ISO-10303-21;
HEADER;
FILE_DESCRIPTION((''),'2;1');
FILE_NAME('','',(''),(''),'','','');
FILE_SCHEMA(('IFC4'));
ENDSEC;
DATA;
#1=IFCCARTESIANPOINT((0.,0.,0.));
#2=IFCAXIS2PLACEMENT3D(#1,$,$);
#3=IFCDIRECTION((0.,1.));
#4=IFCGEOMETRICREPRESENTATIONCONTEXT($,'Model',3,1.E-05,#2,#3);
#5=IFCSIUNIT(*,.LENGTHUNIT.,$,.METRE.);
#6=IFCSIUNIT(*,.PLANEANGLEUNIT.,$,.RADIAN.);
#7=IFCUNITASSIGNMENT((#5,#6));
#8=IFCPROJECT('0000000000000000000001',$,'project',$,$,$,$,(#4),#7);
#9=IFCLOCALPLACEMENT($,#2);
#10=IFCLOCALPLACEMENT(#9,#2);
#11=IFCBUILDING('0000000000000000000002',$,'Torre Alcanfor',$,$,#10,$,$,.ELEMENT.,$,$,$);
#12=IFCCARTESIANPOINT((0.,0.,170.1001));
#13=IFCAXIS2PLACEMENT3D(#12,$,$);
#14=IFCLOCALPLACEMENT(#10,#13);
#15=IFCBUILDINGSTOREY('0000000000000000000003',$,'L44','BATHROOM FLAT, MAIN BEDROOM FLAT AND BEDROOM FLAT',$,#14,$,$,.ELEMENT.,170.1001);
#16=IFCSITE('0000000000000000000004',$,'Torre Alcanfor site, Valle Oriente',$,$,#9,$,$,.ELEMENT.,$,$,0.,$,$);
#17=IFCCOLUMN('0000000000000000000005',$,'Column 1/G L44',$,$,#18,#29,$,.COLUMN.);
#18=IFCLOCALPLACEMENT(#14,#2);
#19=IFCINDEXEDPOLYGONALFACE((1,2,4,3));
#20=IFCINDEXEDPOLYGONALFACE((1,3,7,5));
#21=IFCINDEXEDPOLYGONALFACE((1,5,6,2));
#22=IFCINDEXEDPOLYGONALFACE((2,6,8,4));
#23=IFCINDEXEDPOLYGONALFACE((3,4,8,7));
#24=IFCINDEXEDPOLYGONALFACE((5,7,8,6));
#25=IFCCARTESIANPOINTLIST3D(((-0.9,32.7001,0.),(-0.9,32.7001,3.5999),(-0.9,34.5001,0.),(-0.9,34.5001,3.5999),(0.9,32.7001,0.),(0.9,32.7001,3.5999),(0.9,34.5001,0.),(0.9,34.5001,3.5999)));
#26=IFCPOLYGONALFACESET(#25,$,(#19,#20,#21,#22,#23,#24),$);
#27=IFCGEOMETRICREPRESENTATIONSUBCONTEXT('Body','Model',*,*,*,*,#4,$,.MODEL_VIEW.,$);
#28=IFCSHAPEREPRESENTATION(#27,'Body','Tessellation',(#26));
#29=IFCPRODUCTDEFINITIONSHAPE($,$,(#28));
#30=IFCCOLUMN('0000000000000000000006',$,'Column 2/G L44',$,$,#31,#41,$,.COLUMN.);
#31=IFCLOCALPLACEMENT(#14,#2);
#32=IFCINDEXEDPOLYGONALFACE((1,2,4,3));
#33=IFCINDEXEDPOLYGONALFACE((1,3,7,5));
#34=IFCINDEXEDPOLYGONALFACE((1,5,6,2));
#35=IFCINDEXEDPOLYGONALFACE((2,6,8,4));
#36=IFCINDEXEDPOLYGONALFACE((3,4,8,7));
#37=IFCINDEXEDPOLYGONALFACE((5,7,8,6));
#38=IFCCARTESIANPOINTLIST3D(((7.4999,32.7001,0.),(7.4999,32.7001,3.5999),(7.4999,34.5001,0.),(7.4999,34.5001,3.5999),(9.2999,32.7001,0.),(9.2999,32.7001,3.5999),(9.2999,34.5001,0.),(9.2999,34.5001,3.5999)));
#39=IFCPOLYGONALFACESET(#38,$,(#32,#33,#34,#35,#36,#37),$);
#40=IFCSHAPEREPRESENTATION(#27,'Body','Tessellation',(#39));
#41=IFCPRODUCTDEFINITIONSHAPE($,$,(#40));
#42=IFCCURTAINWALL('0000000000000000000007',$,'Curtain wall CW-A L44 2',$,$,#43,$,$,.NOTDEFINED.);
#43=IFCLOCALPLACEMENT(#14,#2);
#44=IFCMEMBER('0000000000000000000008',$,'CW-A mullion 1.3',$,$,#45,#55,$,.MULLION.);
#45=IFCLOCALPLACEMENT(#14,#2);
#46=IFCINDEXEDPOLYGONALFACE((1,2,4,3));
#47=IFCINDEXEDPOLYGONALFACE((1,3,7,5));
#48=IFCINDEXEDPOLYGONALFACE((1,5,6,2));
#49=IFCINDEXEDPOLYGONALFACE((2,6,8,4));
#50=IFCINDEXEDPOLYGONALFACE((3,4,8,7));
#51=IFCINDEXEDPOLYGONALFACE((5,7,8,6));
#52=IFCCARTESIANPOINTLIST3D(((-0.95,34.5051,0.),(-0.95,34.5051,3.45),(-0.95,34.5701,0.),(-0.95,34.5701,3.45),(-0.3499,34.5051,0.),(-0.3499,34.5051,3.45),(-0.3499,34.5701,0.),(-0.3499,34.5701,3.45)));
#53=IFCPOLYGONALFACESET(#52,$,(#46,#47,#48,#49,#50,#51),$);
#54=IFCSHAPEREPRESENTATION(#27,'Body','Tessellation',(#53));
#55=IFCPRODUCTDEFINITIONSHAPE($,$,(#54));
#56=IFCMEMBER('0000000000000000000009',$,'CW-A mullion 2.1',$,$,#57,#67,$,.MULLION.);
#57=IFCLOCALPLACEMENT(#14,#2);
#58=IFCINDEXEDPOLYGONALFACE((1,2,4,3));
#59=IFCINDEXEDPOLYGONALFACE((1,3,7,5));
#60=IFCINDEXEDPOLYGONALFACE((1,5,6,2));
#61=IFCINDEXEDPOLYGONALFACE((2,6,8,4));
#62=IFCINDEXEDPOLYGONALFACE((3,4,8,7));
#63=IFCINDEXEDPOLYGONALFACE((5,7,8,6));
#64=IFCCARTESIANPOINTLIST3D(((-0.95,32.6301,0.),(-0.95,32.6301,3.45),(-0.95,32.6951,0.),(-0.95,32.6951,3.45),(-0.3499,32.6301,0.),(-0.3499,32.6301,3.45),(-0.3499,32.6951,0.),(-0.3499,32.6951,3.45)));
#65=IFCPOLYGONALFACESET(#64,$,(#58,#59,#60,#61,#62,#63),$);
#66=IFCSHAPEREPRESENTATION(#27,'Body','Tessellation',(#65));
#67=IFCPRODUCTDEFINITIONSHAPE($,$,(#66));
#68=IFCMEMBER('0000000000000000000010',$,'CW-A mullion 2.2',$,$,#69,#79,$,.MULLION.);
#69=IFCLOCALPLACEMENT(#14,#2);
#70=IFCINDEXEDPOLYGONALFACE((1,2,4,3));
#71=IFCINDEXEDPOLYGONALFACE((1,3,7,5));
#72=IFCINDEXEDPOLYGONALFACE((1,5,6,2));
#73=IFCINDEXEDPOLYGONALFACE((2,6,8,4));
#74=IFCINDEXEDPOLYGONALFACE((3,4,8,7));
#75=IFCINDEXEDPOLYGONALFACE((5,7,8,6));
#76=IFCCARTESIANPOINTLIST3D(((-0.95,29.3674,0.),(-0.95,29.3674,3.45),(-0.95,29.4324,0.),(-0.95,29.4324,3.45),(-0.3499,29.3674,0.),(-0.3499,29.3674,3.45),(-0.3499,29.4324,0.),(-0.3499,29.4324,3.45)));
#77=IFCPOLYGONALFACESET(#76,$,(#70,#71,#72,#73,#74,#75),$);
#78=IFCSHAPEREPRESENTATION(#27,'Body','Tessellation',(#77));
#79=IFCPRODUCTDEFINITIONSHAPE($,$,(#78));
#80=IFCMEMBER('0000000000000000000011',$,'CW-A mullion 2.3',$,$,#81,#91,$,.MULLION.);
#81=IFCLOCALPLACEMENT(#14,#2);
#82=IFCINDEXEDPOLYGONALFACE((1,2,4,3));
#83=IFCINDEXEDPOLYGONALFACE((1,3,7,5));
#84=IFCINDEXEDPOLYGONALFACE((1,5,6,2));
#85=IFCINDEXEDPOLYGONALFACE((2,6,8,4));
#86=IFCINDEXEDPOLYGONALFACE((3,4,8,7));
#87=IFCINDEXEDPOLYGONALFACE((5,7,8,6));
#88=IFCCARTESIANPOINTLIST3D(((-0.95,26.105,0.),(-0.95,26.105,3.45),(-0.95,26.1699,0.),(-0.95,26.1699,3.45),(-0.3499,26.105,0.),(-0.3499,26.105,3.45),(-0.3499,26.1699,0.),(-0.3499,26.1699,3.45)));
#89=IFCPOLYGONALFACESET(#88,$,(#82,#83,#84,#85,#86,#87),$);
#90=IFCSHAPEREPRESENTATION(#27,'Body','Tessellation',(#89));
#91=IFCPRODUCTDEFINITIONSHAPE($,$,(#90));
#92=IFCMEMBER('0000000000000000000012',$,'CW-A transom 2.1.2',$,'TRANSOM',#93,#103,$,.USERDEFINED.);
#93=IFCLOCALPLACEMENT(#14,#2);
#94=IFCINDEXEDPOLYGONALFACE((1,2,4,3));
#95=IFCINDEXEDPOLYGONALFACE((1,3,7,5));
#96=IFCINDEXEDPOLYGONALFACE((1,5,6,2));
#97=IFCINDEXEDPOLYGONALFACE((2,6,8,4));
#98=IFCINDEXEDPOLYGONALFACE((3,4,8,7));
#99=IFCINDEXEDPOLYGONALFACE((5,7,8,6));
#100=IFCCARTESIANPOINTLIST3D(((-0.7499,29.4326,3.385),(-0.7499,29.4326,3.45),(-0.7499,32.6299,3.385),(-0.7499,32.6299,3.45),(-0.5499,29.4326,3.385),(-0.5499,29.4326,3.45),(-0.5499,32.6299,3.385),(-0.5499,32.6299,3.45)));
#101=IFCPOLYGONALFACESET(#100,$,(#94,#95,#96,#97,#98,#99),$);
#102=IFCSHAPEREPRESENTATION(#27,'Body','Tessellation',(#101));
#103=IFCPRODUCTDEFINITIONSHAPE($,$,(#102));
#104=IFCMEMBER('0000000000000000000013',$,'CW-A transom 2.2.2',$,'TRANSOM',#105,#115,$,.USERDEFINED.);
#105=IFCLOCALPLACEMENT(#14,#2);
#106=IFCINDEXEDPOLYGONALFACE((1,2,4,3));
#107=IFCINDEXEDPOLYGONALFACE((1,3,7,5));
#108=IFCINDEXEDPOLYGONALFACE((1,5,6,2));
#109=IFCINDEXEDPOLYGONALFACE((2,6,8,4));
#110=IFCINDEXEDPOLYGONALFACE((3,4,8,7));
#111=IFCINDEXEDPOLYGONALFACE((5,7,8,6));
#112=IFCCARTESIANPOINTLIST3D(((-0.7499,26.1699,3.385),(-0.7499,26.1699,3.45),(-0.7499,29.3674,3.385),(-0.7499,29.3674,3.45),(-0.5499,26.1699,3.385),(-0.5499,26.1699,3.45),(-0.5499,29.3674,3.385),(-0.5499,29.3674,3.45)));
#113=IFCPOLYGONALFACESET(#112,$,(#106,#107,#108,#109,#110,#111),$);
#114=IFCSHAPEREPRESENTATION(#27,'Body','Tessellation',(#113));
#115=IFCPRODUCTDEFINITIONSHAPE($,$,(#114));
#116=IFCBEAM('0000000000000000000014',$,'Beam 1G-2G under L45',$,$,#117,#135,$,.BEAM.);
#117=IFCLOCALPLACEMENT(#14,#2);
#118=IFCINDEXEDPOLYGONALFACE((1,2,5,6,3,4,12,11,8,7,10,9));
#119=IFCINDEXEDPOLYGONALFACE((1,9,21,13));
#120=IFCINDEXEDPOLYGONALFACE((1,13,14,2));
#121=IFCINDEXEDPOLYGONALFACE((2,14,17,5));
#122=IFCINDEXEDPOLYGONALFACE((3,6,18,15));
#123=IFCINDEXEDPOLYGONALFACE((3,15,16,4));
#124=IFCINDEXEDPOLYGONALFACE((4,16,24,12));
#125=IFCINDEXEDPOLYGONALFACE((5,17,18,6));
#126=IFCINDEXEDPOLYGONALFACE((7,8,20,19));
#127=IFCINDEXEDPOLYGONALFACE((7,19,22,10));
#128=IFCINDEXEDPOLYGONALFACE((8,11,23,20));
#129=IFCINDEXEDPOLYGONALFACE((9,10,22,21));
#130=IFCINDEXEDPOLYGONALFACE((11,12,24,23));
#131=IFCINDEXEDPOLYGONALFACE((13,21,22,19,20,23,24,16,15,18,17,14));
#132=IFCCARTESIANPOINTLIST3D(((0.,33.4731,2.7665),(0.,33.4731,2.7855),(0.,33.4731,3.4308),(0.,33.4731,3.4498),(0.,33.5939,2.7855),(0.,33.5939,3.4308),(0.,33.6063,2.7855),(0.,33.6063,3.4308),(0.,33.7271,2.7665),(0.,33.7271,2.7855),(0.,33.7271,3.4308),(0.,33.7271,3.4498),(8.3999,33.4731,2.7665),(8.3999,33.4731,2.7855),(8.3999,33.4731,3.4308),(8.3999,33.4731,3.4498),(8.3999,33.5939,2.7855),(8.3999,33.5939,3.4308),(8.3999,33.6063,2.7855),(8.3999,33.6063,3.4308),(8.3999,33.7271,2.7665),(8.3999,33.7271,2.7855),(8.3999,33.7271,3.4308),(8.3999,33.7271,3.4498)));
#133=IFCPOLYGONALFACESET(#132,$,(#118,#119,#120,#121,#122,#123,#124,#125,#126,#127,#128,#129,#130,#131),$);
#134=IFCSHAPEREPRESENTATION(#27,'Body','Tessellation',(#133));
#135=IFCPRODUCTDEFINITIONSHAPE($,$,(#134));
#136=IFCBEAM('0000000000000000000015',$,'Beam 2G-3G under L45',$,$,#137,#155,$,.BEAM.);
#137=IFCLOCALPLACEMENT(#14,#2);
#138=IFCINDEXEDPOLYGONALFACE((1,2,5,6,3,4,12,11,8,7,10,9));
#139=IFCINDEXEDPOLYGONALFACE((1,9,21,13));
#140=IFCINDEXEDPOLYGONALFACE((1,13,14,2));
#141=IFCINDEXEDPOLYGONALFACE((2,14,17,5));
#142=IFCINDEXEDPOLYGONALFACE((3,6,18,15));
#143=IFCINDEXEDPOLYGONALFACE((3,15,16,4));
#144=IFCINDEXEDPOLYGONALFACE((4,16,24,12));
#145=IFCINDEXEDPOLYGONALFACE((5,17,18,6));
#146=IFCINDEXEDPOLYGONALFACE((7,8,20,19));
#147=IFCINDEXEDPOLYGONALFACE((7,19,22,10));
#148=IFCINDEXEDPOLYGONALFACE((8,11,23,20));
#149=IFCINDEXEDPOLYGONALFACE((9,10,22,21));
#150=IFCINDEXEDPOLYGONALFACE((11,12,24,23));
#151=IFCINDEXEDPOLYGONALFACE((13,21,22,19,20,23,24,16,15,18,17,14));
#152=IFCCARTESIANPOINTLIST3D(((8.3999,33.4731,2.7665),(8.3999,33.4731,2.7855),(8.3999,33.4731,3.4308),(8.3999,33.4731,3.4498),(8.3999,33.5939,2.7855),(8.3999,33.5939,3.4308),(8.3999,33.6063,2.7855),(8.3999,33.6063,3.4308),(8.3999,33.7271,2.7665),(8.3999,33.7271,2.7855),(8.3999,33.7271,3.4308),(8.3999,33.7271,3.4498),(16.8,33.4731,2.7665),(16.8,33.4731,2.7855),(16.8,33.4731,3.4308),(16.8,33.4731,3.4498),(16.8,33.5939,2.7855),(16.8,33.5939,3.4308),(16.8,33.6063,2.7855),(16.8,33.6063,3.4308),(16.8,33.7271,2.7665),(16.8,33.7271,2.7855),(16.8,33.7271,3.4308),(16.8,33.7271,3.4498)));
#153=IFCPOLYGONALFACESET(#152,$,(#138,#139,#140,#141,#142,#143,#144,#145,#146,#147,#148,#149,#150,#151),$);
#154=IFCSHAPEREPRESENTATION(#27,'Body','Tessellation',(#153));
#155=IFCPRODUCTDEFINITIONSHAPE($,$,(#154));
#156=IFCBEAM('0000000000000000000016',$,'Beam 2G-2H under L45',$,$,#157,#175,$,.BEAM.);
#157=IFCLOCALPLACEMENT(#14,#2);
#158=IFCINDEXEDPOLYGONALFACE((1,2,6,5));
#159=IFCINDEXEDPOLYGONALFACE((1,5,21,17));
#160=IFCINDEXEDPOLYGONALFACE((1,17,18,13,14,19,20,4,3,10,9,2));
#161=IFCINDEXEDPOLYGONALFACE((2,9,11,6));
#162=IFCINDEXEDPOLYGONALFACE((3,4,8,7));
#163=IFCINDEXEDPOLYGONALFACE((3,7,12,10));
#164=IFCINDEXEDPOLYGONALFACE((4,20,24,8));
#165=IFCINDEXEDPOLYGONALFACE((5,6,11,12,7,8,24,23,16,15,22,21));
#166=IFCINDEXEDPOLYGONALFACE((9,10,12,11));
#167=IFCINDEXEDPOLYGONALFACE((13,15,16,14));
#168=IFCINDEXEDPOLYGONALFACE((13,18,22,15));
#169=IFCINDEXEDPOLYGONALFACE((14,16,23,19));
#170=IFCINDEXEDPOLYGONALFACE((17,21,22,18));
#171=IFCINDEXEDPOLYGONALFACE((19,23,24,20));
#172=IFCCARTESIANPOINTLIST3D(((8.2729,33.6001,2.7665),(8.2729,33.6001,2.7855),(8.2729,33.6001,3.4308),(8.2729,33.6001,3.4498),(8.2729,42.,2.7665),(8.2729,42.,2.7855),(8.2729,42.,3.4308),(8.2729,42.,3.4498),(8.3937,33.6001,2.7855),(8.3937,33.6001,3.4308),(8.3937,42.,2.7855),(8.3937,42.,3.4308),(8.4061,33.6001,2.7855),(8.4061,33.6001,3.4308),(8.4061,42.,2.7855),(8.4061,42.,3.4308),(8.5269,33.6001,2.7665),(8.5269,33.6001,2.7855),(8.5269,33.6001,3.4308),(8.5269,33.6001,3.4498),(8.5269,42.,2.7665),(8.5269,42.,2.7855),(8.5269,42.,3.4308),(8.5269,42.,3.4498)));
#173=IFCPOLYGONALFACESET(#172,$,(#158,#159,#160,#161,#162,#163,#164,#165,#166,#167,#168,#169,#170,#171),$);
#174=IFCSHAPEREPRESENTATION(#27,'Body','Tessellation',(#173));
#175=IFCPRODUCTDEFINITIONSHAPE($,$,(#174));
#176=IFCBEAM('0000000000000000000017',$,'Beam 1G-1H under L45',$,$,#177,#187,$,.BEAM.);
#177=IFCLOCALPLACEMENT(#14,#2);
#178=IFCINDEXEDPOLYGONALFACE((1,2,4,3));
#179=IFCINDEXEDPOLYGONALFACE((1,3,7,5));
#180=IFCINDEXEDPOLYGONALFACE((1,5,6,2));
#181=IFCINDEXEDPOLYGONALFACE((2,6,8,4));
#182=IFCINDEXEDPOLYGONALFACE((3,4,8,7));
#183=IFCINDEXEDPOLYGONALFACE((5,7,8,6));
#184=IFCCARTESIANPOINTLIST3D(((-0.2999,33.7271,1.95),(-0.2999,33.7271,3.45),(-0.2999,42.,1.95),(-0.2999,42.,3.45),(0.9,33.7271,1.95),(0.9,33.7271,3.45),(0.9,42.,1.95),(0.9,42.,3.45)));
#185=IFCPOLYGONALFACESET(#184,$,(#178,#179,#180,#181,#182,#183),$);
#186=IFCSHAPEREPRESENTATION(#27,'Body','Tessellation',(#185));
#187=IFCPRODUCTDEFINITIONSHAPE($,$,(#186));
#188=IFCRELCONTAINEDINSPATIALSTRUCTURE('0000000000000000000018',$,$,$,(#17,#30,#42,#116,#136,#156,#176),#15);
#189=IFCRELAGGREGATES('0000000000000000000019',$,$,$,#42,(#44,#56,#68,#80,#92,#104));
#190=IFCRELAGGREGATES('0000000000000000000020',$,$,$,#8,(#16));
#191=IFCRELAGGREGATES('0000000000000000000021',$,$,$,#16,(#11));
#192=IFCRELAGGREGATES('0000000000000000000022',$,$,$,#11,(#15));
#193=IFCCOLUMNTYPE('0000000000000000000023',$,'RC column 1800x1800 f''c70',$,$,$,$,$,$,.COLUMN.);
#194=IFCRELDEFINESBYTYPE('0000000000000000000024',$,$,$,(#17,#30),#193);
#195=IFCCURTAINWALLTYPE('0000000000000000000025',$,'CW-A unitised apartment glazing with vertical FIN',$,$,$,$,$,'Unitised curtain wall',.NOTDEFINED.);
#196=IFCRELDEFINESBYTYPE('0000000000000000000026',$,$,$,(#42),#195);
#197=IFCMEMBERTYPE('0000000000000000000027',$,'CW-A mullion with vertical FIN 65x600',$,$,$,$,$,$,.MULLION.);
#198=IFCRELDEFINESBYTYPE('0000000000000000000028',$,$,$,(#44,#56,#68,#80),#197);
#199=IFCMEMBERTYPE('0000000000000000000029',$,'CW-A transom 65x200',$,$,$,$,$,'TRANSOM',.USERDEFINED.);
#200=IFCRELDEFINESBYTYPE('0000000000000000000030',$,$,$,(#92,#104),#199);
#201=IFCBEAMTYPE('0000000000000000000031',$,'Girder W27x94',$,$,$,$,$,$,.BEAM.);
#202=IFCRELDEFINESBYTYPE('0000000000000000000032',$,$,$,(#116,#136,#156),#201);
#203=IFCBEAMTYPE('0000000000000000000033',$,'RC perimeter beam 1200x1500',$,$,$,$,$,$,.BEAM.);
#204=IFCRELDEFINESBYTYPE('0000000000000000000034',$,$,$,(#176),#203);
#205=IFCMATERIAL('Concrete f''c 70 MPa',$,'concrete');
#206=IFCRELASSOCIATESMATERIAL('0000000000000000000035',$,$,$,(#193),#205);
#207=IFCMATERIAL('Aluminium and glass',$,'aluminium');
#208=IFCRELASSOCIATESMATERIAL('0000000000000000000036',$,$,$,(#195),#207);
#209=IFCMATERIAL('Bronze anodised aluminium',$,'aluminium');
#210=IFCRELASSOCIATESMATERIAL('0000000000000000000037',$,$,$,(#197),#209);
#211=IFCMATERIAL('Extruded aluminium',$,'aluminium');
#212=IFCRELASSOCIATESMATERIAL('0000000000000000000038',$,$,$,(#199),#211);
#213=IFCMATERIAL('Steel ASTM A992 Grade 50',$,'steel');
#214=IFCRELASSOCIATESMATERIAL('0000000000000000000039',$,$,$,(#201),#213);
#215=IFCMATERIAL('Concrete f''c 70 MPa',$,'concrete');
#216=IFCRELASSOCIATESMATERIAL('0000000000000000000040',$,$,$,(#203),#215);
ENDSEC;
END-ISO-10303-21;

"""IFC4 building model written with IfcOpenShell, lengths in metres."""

from ifc_helpers import new_model, si_unit, direction, frame, origin, origin_2d, place, context, subcontext, project, spatial, rectangle, i_section, extrude, material, material_profile, profile_set, type_object, element, aggregate, save


model = new_model("IFC4")

# Units and contexts
model_context = context("Model", 3, precision=1e-05, world=origin(), true_north=direction((0.0, 1.0)))
body_context = subcontext(model_context, "Body", "Model", "MODEL_VIEW")
ifc_project = project(units=[si_unit("LENGTHUNIT", "METRE"), si_unit("PLANEANGLEUNIT", "RADIAN")], contexts=[model_context])

# Site, building, storey
site_placement = place(None, origin())
site = spatial("IfcSite", under=ifc_project, at=site_placement, Name="Torre Alcanfor site, Valle Oriente", CompositionType="ELEMENT", RefElevation=0.0)
building_placement = place(site_placement, origin())
building = spatial("IfcBuilding", under=site, at=building_placement, Name="Torre Alcanfor", CompositionType="ELEMENT")
storey_placement = place(building_placement, frame((0.0, 0.0, 170.1001)))
storey = spatial("IfcBuildingStorey", under=building, at=storey_placement, Name="L44", Description="BATHROOM FLAT, MAIN BEDROOM FLAT AND BEDROOM FLAT", CompositionType="ELEMENT", Elevation=170.1001)

# Columns
ifc_material_1 = material(Name="Concrete f'c 70 MPa", Category="concrete")
ifc_material_profile_1 = material_profile(ifc_material_1, rectangle(XDim=1.8, YDim=1.8, at=origin_2d()), Name="1800x1800")
ifc_profile_set_1 = profile_set([ifc_material_profile_1], Name="Concrete f'c 70 MPa")
column_type = type_object("IfcColumnType", Name="RC column 1800x1800 f'c70", PredefinedType="COLUMN", material=ifc_profile_set_1)
for number, where, z_axis, x_axis, name in (
    (1, (0.0, 33.6001, 0.0), (0.0, 0.0, 1.0), (1.0, 0.0, 0.0), "Column 1/G L44"),
    (2, (8.3999, 33.6001, 0.0), (0.0, 0.0, 1.0), (1.0, 0.0, 0.0), "Column 2/G L44"),
):
    element("IfcColumn", number, at=place(storey_placement, frame(where, z_axis=z_axis, x_axis=x_axis)), inside=storey, type_object=column_type, Name=name, PredefinedType="COLUMN", context=body_context, shape_type="SweptSolid", body=[
        extrude(rectangle(XDim=1.8, YDim=1.8, at=origin_2d()), origin(), (0.0, 0.0, 1.0), 3.5999),
    ])

# Curtain wall, members
ifc_material_2 = material(Name="Aluminium and glass", Category="aluminium")
curtain_wall_type = type_object("IfcCurtainWallType", Name="CW-A unitised apartment glazing with vertical FIN", ElementType="Unitised curtain wall", PredefinedType="NOTDEFINED", material=ifc_material_2)
curtain_wall_placement = place(storey_placement, origin())
curtain_wall = element("IfcCurtainWall", 3, at=curtain_wall_placement, inside=storey, type_object=curtain_wall_type, Name="Curtain wall CW-A L44 2", PredefinedType="NOTDEFINED")
ifc_material_3 = material(Name="Bronze anodised aluminium", Category="aluminium")
ifc_material_profile_2 = material_profile(ifc_material_3, rectangle(XDim=0.6001, YDim=0.0649, at=origin_2d()), Name="CW-A mullion 65x600")
ifc_profile_set_2 = profile_set([ifc_material_profile_2], Name="Bronze anodised aluminium")
member_type_1 = type_object("IfcMemberType", Name="CW-A mullion with vertical FIN 65x600", PredefinedType="MULLION", material=ifc_profile_set_2)
member_1_placement = place(storey_placement, frame((-0.6499, 34.5376, 0.0), z_axis=(0.0, 0.0, 1.0), x_axis=(1.0, 0.0, 0.0)))
member_1 = element("IfcMember", 4, at=member_1_placement, type_object=member_type_1, Name="CW-A mullion 1.3", PredefinedType="MULLION", context=body_context, shape_type="SweptSolid", body=[
    extrude(rectangle(XDim=0.6001, YDim=0.0649, at=origin_2d()), origin(), (0.0, 0.0, 1.0), 3.45),
])
member_2_placement = place(storey_placement, frame((-0.6499, 32.6626, 0.0), z_axis=(0.0, 0.0, 1.0), x_axis=(1.0, 0.0, 0.0)))
member_2 = element("IfcMember", 5, at=member_2_placement, type_object=member_type_1, Name="CW-A mullion 2.1", PredefinedType="MULLION", context=body_context, shape_type="SweptSolid", body=[
    extrude(rectangle(XDim=0.6001, YDim=0.0649, at=origin_2d()), origin(), (0.0, 0.0, 1.0), 3.45),
])
member_3_placement = place(storey_placement, frame((-0.6499, 29.3999, 0.0), z_axis=(0.0, 0.0, 1.0), x_axis=(1.0, 0.0, 0.0)))
member_3 = element("IfcMember", 6, at=member_3_placement, type_object=member_type_1, Name="CW-A mullion 2.2", PredefinedType="MULLION", context=body_context, shape_type="SweptSolid", body=[
    extrude(rectangle(XDim=0.6001, YDim=0.0649, at=origin_2d()), origin(), (0.0, 0.0, 1.0), 3.45),
])
member_4_placement = place(storey_placement, frame((-0.6499, 26.1375, 0.0), z_axis=(0.0, 0.0, 1.0), x_axis=(1.0, 0.0, 0.0)))
member_4 = element("IfcMember", 7, at=member_4_placement, type_object=member_type_1, Name="CW-A mullion 2.3", PredefinedType="MULLION", context=body_context, shape_type="SweptSolid", body=[
    extrude(rectangle(XDim=0.6001, YDim=0.0649, at=origin_2d()), origin(), (0.0, 0.0, 1.0), 3.45),
])
ifc_material_4 = material(Name="Extruded aluminium", Category="aluminium")
ifc_material_profile_3 = material_profile(ifc_material_4, rectangle(XDim=0.2, YDim=0.0649, at=origin_2d()), Name="CW-A transom 200x65")
ifc_profile_set_3 = profile_set([ifc_material_profile_3], Name="Extruded aluminium")
member_type_2 = type_object("IfcMemberType", Name="CW-A transom 65x200", ElementType="TRANSOM", PredefinedType="USERDEFINED", material=ifc_profile_set_3)
member_5_placement = place(storey_placement, frame((-0.6499, 32.6299, 3.4175), z_axis=(0.0, -1.0, 0.0), x_axis=(1.0, 0.0, 0.0)))
member_5 = element("IfcMember", 8, at=member_5_placement, type_object=member_type_2, Name="CW-A transom 2.1.2", ObjectType="TRANSOM", PredefinedType="USERDEFINED", context=body_context, shape_type="SweptSolid", body=[
    extrude(rectangle(XDim=0.2, YDim=0.0649, at=origin_2d()), origin(), (0.0, 0.0, 1.0), 3.1973),
])
member_6_placement = place(storey_placement, frame((-0.6499, 29.3674, 3.4175), z_axis=(0.0, -1.0, 0.0), x_axis=(1.0, 0.0, 0.0)))
member_6 = element("IfcMember", 9, at=member_6_placement, type_object=member_type_2, Name="CW-A transom 2.2.2", ObjectType="TRANSOM", PredefinedType="USERDEFINED", context=body_context, shape_type="SweptSolid", body=[
    extrude(rectangle(XDim=0.2, YDim=0.0649, at=origin_2d()), origin(), (0.0, 0.0, 1.0), 3.1975),
])

# Beams
ifc_material_5 = material(Name="Steel ASTM A992 Grade 50", Category="steel")
ifc_material_profile_4 = material_profile(ifc_material_5, i_section(OverallWidth=0.2539, OverallDepth=0.6833, WebThickness=0.0125, FlangeThickness=0.019, at=origin_2d()), Name="W27x94")
ifc_profile_set_4 = profile_set([ifc_material_profile_4], Name="Steel ASTM A992 Grade 50")
beam_type_1 = type_object("IfcBeamType", Name="Girder W27x94", PredefinedType="BEAM", material=ifc_profile_set_4)
beam_1_placement = place(storey_placement, frame((0.0, 33.6001, 3.1082), z_axis=(1.0, 0.0, 0.0), x_axis=(0.0, 1.0, 0.0)))
element("IfcBeam", 10, at=beam_1_placement, inside=storey, type_object=beam_type_1, Name="Beam 1G-2G under L45", PredefinedType="BEAM", context=body_context, shape_type="SweptSolid", body=[
    extrude(i_section(OverallWidth=0.2539, OverallDepth=0.6833, WebThickness=0.0125, FlangeThickness=0.019, at=origin_2d()), origin(), (0.0, 0.0, 1.0), 8.3999),
])
beam_2_placement = place(storey_placement, frame((8.3999, 33.6001, 3.1082), z_axis=(1.0, 0.0, 0.0), x_axis=(0.0, 1.0, 0.0)))
element("IfcBeam", 11, at=beam_2_placement, inside=storey, type_object=beam_type_1, Name="Beam 2G-3G under L45", PredefinedType="BEAM", context=body_context, shape_type="SweptSolid", body=[
    extrude(i_section(OverallWidth=0.2539, OverallDepth=0.6833, WebThickness=0.0125, FlangeThickness=0.019, at=origin_2d()), origin(), (0.0, 0.0, 1.0), 8.4001),
])
beam_3_placement = place(storey_placement, frame((8.3999, 33.6001, 3.1082), z_axis=(0.0, 1.0, 0.0), x_axis=(-1.0, 0.0, 0.0)))
element("IfcBeam", 12, at=beam_3_placement, inside=storey, type_object=beam_type_1, Name="Beam 2G-2H under L45", PredefinedType="BEAM", context=body_context, shape_type="SweptSolid", body=[
    extrude(i_section(OverallWidth=0.2539, OverallDepth=0.6833, WebThickness=0.0125, FlangeThickness=0.019, at=origin_2d()), origin(), (0.0, 0.0, 1.0), 8.3999),
])
ifc_material_6 = material(Name="Concrete f'c 70 MPa", Category="concrete")
ifc_material_profile_5 = material_profile(ifc_material_6, rectangle(XDim=1.2, YDim=1.5, at=origin_2d()), Name="1200x1500")
ifc_profile_set_5 = profile_set([ifc_material_profile_5], Name="Concrete f'c 70 MPa")
beam_type_2 = type_object("IfcBeamType", Name="RC perimeter beam 1200x1500", PredefinedType="BEAM", material=ifc_profile_set_5)
beam_4_placement = place(storey_placement, frame((0.3, 33.7271, 2.7), z_axis=(0.0, 1.0, 0.0), x_axis=(-1.0, 0.0, 0.0)))
element("IfcBeam", 13, at=beam_4_placement, inside=storey, type_object=beam_type_2, Name="Beam 1G-1H under L45", PredefinedType="BEAM", context=body_context, shape_type="SweptSolid", body=[
    extrude(rectangle(XDim=1.2, YDim=1.5, at=origin_2d()), origin(), (0.0, 0.0, 1.0), 8.2729),
])

aggregate(curtain_wall, [member_1, member_2, member_3, member_4, member_5, member_6])

save(model, "model.ifc")
